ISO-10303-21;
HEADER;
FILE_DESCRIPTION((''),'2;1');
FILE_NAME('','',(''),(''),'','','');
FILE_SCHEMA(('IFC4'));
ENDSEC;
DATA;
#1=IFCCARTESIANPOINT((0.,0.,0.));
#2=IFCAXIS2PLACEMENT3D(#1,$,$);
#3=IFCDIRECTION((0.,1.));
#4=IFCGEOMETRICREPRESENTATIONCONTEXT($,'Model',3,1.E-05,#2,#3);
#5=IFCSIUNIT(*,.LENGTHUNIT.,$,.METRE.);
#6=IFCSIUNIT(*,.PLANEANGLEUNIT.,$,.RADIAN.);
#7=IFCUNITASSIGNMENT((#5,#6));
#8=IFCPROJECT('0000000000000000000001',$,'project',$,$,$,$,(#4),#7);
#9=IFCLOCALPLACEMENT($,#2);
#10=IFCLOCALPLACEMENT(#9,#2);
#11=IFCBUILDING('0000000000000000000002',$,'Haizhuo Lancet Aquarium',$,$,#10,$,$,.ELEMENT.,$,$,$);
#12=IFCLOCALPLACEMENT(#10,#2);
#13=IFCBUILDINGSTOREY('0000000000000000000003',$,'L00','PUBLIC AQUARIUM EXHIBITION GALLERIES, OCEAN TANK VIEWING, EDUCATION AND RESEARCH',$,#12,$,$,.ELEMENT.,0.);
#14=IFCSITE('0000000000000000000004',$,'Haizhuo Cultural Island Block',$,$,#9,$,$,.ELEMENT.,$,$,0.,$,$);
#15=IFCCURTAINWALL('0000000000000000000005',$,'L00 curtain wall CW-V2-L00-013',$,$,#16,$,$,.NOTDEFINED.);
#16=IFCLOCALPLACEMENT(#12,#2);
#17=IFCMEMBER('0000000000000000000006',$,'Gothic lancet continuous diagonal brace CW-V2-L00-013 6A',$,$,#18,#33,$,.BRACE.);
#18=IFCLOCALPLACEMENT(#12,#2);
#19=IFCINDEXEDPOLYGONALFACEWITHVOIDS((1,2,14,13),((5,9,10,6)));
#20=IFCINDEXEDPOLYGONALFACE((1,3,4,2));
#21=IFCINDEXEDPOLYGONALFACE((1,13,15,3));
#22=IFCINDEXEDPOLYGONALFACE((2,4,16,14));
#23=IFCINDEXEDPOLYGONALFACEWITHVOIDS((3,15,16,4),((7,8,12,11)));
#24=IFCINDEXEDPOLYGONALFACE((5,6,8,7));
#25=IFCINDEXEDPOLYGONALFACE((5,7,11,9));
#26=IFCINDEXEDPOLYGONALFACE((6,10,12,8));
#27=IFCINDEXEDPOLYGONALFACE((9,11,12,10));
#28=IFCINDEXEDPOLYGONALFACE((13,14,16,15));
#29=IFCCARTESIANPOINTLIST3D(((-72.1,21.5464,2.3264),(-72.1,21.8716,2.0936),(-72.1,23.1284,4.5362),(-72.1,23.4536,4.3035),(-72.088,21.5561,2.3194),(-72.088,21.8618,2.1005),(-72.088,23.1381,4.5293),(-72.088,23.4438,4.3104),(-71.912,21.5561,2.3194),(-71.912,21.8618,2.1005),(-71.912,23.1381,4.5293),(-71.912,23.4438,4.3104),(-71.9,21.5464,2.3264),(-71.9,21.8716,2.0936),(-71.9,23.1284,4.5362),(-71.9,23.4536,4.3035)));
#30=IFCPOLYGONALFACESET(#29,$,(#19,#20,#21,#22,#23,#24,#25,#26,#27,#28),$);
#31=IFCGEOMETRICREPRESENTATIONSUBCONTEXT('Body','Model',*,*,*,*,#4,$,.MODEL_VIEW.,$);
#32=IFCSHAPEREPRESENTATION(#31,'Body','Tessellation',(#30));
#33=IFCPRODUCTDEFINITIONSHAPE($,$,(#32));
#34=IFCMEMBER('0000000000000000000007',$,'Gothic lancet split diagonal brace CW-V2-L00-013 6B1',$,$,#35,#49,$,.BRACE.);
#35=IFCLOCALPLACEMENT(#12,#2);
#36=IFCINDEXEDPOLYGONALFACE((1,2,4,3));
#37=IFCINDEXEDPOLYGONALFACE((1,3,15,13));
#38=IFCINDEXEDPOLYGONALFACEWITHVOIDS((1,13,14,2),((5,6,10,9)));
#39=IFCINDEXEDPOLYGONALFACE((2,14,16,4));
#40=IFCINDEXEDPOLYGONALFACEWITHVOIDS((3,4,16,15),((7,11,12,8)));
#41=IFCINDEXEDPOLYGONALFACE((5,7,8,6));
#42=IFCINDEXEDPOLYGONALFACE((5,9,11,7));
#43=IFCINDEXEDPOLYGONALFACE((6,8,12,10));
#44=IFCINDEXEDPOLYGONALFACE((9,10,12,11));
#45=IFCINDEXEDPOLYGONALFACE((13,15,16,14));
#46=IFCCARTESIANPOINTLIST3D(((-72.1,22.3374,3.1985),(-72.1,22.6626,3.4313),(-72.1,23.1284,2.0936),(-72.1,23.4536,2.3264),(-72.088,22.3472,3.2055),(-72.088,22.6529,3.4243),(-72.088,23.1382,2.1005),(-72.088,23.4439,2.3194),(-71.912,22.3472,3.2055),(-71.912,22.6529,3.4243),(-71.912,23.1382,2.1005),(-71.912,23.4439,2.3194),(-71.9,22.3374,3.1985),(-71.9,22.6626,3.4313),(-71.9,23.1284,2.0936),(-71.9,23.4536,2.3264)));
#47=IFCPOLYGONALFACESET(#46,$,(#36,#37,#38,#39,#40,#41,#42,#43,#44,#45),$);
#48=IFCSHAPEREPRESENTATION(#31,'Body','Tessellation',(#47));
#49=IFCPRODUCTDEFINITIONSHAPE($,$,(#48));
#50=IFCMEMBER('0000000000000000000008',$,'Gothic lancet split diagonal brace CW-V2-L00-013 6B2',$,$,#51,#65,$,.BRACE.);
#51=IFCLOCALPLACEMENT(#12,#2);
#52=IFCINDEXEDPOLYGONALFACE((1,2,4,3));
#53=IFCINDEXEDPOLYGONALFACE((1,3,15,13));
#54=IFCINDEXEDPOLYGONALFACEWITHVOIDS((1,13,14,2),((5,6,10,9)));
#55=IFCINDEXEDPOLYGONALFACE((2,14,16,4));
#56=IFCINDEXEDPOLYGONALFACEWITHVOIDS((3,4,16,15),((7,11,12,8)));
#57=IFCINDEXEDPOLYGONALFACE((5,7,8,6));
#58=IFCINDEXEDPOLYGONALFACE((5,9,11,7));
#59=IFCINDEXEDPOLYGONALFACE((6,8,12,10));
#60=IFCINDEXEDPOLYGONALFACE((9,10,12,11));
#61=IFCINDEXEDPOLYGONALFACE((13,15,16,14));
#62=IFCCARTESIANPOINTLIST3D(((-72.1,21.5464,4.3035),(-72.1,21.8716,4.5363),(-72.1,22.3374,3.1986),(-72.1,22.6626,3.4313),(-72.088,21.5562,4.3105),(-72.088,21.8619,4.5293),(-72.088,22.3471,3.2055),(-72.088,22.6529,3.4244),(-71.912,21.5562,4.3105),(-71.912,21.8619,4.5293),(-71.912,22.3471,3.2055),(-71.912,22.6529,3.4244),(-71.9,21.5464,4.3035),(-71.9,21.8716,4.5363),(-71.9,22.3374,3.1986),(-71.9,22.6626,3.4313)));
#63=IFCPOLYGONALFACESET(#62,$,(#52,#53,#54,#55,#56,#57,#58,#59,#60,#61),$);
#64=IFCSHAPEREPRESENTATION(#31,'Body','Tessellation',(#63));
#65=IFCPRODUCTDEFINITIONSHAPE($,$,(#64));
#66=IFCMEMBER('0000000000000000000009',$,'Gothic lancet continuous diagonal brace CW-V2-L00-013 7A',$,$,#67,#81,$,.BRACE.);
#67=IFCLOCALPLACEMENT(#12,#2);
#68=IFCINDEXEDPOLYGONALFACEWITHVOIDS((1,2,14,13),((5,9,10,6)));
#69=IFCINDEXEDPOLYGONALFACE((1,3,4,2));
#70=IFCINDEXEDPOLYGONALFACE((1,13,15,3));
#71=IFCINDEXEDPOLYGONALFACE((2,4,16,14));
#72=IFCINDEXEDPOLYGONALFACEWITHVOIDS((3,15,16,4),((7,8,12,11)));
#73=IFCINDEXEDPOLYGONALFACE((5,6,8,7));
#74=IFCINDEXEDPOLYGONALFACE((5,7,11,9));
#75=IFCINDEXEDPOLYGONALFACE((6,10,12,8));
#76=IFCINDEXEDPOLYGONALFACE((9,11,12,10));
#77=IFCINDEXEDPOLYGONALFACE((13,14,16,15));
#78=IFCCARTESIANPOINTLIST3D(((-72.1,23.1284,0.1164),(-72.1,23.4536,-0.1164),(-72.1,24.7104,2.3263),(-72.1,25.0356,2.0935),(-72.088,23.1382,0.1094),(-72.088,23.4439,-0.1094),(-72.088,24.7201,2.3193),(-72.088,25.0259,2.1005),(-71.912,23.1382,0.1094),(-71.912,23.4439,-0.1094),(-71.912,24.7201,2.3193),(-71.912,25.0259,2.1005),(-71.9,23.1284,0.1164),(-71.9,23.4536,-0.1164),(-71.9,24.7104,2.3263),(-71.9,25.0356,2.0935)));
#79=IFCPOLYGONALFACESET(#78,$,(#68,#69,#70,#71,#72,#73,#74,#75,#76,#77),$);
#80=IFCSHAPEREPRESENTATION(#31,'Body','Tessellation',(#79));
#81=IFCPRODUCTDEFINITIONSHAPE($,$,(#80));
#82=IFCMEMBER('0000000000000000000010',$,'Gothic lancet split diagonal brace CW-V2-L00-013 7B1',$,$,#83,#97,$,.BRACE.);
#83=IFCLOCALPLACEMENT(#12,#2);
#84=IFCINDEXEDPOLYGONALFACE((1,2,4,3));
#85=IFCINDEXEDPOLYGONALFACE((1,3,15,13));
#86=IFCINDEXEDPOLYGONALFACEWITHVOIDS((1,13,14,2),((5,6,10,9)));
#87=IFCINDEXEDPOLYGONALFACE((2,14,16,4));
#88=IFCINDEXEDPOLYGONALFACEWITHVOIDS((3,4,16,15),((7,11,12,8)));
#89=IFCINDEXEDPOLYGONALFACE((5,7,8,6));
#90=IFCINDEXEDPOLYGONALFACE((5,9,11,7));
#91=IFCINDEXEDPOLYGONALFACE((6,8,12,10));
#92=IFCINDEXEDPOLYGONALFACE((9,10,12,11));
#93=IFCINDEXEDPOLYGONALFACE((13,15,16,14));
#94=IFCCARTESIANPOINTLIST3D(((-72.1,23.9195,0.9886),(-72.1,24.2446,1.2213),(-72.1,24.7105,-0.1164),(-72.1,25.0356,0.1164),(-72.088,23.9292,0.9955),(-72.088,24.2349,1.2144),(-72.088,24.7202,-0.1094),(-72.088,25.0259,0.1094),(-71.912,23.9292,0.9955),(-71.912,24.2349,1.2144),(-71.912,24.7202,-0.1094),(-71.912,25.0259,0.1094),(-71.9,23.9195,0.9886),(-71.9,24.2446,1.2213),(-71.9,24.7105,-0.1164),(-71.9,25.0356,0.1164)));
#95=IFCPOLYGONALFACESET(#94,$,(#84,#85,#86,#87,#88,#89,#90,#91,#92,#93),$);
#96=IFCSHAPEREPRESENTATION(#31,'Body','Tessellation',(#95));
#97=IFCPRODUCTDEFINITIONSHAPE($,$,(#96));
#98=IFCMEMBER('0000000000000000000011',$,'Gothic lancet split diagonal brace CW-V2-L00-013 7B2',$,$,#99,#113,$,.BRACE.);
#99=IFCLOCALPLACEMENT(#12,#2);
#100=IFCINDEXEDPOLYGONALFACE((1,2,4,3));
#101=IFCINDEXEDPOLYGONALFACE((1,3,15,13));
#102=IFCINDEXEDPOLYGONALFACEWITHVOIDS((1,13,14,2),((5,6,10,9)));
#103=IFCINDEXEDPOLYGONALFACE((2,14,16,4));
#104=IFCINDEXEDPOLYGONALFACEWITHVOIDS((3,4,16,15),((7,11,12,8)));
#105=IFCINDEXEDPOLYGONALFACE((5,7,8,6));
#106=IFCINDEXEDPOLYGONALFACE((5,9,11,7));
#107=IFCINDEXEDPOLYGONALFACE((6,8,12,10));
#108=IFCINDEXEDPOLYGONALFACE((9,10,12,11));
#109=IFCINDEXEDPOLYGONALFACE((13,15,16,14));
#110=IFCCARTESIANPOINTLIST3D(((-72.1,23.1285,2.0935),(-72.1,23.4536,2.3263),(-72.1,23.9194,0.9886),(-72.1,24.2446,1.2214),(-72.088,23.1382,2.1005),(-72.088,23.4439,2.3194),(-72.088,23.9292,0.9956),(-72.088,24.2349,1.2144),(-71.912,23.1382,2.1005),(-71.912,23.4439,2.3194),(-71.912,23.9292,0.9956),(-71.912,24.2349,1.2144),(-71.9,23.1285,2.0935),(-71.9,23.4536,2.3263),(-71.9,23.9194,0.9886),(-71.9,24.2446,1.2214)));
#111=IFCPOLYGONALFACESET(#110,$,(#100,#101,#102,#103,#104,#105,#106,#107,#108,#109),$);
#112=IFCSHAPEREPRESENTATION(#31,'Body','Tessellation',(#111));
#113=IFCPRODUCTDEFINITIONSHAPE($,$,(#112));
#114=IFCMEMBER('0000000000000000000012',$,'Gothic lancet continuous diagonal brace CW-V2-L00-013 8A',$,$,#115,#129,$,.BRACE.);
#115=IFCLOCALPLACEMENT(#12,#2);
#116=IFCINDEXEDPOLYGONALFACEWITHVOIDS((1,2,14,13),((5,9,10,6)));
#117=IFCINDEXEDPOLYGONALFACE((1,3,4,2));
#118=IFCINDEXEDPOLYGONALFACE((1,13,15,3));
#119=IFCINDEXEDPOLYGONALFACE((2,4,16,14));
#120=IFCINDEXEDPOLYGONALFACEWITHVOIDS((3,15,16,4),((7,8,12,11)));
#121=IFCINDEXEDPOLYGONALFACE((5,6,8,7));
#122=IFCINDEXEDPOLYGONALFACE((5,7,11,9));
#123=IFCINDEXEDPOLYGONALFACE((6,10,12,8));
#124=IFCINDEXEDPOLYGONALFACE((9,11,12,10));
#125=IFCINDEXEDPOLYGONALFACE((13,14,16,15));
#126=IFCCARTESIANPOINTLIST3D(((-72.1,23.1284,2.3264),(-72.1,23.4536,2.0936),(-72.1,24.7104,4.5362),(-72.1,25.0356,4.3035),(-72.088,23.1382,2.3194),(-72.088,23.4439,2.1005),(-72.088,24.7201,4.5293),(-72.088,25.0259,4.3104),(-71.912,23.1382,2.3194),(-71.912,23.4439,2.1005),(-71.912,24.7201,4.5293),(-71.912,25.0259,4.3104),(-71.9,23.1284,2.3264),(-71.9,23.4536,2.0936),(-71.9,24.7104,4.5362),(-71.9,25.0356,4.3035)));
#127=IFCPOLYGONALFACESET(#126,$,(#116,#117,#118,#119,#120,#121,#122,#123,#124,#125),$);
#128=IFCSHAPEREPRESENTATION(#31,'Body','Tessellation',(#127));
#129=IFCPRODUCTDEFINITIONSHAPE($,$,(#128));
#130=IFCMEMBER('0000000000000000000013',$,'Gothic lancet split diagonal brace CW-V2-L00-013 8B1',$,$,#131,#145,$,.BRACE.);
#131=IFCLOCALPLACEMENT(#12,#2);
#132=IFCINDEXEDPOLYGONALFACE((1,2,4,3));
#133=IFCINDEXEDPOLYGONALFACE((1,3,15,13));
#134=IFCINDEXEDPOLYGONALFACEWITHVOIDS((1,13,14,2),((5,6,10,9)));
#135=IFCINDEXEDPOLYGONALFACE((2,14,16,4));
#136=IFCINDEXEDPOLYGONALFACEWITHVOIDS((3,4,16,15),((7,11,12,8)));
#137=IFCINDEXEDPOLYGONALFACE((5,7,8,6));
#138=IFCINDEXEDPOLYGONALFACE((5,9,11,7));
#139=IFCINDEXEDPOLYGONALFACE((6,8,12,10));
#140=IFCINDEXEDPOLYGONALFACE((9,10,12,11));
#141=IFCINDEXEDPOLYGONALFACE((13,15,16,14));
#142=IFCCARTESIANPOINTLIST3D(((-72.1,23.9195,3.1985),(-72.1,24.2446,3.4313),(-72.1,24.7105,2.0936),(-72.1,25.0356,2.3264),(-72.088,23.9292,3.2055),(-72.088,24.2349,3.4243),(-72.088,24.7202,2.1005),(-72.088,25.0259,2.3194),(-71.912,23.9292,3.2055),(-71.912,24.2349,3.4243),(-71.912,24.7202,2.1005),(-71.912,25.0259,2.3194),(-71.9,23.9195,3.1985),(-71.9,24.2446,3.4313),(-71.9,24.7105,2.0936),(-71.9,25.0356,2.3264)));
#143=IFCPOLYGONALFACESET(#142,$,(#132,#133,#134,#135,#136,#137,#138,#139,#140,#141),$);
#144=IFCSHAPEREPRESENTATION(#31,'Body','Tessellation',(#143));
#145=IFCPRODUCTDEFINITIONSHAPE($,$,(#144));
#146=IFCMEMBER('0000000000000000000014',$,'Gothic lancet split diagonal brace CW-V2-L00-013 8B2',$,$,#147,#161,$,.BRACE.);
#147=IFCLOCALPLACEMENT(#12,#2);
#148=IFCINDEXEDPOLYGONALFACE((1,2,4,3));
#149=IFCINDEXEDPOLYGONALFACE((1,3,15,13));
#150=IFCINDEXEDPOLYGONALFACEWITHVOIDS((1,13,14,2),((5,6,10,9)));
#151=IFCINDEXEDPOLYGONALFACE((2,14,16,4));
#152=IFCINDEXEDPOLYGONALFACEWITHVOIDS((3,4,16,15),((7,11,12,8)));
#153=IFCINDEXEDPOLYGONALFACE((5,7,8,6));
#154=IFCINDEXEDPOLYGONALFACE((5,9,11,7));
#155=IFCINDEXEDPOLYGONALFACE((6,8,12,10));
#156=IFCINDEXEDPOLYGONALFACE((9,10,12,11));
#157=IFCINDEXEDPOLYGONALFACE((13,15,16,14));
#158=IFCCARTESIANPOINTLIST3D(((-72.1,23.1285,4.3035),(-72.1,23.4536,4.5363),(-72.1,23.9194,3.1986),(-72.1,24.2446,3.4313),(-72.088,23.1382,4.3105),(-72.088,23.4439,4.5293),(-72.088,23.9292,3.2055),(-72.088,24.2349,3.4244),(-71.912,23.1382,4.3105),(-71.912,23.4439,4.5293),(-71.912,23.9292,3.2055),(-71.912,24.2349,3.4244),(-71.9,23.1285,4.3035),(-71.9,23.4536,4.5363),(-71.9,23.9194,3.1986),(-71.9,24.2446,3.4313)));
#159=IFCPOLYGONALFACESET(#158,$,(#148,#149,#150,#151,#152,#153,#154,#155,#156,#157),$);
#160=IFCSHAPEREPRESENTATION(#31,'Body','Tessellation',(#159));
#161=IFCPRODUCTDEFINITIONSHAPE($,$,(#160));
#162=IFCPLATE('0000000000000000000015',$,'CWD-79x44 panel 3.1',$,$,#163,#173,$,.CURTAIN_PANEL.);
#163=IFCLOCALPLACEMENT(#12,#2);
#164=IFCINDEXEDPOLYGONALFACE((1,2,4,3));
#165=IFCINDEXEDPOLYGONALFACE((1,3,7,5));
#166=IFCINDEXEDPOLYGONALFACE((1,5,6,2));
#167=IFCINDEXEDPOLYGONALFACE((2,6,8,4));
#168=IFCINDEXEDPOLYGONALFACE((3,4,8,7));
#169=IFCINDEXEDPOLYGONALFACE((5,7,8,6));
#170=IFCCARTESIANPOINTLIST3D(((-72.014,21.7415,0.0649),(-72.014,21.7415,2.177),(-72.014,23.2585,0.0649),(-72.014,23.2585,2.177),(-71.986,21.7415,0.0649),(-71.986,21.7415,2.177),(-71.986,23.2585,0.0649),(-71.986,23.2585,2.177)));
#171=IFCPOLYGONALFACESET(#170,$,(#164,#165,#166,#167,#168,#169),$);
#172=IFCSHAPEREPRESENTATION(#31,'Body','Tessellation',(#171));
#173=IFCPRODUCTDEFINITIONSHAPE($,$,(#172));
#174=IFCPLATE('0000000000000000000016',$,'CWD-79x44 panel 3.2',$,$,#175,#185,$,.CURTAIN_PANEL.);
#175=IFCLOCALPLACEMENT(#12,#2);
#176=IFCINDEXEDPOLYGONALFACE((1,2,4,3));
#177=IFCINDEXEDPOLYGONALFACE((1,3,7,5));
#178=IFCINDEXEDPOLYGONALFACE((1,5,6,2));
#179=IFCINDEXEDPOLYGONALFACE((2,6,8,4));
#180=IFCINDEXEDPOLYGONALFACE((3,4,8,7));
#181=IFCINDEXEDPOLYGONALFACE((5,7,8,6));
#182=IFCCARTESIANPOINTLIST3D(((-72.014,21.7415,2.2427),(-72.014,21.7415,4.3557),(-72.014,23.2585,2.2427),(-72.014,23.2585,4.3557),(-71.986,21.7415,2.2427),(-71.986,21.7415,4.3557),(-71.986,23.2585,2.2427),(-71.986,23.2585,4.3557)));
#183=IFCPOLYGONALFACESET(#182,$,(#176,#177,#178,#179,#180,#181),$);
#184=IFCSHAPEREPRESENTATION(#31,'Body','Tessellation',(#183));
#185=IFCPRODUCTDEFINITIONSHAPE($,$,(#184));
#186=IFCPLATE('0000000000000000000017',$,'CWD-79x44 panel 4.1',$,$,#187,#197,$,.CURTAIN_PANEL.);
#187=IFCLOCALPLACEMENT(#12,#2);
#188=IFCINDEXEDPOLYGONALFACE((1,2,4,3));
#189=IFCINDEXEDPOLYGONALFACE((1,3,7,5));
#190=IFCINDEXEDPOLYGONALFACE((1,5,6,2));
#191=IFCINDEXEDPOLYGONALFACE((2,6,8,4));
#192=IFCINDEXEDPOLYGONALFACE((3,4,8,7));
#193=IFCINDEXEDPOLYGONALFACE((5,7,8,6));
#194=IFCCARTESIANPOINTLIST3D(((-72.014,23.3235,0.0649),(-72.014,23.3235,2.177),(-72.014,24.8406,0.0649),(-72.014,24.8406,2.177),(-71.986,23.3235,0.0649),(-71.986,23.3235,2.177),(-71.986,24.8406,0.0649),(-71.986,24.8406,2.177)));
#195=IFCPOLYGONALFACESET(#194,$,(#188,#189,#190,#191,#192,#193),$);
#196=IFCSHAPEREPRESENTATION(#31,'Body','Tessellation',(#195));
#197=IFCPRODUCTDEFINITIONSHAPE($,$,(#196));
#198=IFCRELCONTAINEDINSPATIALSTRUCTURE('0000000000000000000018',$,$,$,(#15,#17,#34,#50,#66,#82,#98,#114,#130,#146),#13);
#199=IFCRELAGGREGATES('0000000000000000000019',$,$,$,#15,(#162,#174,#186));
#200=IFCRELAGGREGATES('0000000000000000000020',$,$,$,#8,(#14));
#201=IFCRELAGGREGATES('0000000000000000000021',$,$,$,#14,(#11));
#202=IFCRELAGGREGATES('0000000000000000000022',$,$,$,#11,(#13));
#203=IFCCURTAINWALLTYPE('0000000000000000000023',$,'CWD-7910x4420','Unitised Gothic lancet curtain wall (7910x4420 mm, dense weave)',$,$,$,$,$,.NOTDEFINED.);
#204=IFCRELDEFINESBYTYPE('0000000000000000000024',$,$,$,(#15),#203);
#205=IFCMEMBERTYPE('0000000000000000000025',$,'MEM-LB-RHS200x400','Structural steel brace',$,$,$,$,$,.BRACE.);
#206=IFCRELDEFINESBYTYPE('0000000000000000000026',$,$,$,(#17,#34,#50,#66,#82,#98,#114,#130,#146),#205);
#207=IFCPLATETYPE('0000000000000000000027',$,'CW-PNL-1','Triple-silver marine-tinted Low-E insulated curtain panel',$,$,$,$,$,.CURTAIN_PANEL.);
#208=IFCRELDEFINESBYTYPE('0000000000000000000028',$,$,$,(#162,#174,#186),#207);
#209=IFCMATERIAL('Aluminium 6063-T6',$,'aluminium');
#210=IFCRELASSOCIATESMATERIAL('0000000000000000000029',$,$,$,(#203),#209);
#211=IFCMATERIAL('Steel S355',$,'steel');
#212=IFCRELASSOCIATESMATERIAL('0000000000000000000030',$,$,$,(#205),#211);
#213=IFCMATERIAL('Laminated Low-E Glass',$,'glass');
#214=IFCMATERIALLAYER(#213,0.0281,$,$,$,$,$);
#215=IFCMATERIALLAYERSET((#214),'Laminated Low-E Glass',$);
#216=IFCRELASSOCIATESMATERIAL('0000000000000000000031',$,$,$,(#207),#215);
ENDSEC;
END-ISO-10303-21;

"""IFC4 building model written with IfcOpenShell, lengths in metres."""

from ifc_helpers import new_model, si_unit, direction, frame, origin, origin_2d, place, context, subcontext, project, spatial, rectangle, hollow_rectangle, extrude, material, layer, layer_set, material_profile, profile_set, type_object, element, aggregate, save


model = new_model("IFC4")

# Units and contexts
model_context = context("Model", 3, precision=1e-05, world=origin(), true_north=direction((0.0, 1.0)))
body_context = subcontext(model_context, "Body", "Model", "MODEL_VIEW")
ifc_project = project(units=[si_unit("LENGTHUNIT", "METRE"), si_unit("PLANEANGLEUNIT", "RADIAN")], contexts=[model_context])

# Site, building, storey
site_placement = place(None, origin())
site = spatial("IfcSite", under=ifc_project, at=site_placement, Name="Haizhuo Cultural Island Block", CompositionType="ELEMENT", RefElevation=0.0)
building_placement = place(site_placement, origin())
building = spatial("IfcBuilding", under=site, at=building_placement, Name="Haizhuo Lancet Aquarium", CompositionType="ELEMENT")
storey_placement = place(building_placement, origin())
storey = spatial("IfcBuildingStorey", under=building, at=storey_placement, Name="L00", Description="PUBLIC AQUARIUM EXHIBITION GALLERIES, OCEAN TANK VIEWING, EDUCATION AND RESEARCH", CompositionType="ELEMENT", Elevation=0.0)

# Curtain wall
ifc_material_1 = material(Name="Aluminium 6063-T6", Category="aluminium")
curtain_wall_type = type_object("IfcCurtainWallType", Name="CWD-7910x4420", Description="Unitised Gothic lancet curtain wall (7910x4420 mm, dense weave)", PredefinedType="NOTDEFINED", material=ifc_material_1)
curtain_wall_placement = place(storey_placement, origin())
curtain_wall = element("IfcCurtainWall", 1, at=curtain_wall_placement, inside=storey, type_object=curtain_wall_type, Name="L00 curtain wall CW-V2-L00-013", PredefinedType="NOTDEFINED")

# Shared definitions
ifc_material_2 = material(Name="Steel S355", Category="steel")

# Members
ifc_material_profile_1 = material_profile(ifc_material_2, hollow_rectangle(XDim=0.2, YDim=0.3999, WallThickness=0.012, at=origin_2d()), Name="RHS 200x400x12")
ifc_profile_set_1 = profile_set([ifc_material_profile_1], Name="Steel S355")
member_type_1 = type_object("IfcMemberType", Name="MEM-LB-RHS200x400", Description="Structural steel brace", PredefinedType="BRACE", material=ifc_profile_set_1)
member_1_placement = place(storey_placement, frame((-72.0, 21.709, 2.21), z_axis=(0.0, 0.582088, 0.813126), x_axis=(-1.0, 0.0, 0.0)))
element("IfcMember", 2, at=member_1_placement, inside=storey, type_object=member_type_1, Name="Gothic lancet continuous diagonal brace CW-V2-L00-013 6A", PredefinedType="BRACE", context=body_context, shape_type="SweptSolid", body=[
    extrude(hollow_rectangle(XDim=0.2, YDim=0.3999, WallThickness=0.012, at=origin_2d()), origin(), (0.0, 0.0, 1.0), 2.7178),
])
for number, where, z_axis, x_axis, name in (
    (3, (-72.0, 23.291, 2.21), (0.0, -0.582088, 0.813126), (1.0, 0.0, 0.0), "Gothic lancet split diagonal brace CW-V2-L00-013 6B1"),
    (4, (-72.0, 22.5, 3.3149), (0.0, -0.582088, 0.813126), (1.0, 0.0, 0.0), "Gothic lancet split diagonal brace CW-V2-L00-013 6B2"),
):
    element("IfcMember", number, at=place(storey_placement, frame(where, z_axis=z_axis, x_axis=x_axis)), inside=storey, type_object=member_type_1, Name=name, PredefinedType="BRACE", context=body_context, shape_type="SweptSolid", body=[
        extrude(hollow_rectangle(XDim=0.2, YDim=0.3999, WallThickness=0.012, at=origin_2d()), origin(), (0.0, 0.0, 1.0), 1.3589),
    ])
member_2_placement = place(storey_placement, frame((-72.0, 23.291, 0.0), z_axis=(0.0, 0.582088, 0.813126), x_axis=(-1.0, 0.0, 0.0)))
element("IfcMember", 5, at=member_2_placement, inside=storey, type_object=member_type_1, Name="Gothic lancet continuous diagonal brace CW-V2-L00-013 7A", PredefinedType="BRACE", context=body_context, shape_type="SweptSolid", body=[
    extrude(hollow_rectangle(XDim=0.2, YDim=0.3999, WallThickness=0.012, at=origin_2d()), origin(), (0.0, 0.0, 1.0), 2.7178),
])
for number, where, z_axis, x_axis, name in (
    (6, (-72.0, 24.873, 0.0), (0.0, -0.582088, 0.813126), (1.0, 0.0, 0.0), "Gothic lancet split diagonal brace CW-V2-L00-013 7B1"),
    (7, (-72.0, 24.082, 1.105), (0.0, -0.582088, 0.813126), (1.0, 0.0, 0.0), "Gothic lancet split diagonal brace CW-V2-L00-013 7B2"),
):
    element("IfcMember", number, at=place(storey_placement, frame(where, z_axis=z_axis, x_axis=x_axis)), inside=storey, type_object=member_type_1, Name=name, PredefinedType="BRACE", context=body_context, shape_type="SweptSolid", body=[
        extrude(hollow_rectangle(XDim=0.2, YDim=0.3999, WallThickness=0.012, at=origin_2d()), origin(), (0.0, 0.0, 1.0), 1.3589),
    ])
member_3_placement = place(storey_placement, frame((-72.0, 23.291, 2.21), z_axis=(0.0, 0.582088, 0.813126), x_axis=(-1.0, 0.0, 0.0)))
element("IfcMember", 8, at=member_3_placement, inside=storey, type_object=member_type_1, Name="Gothic lancet continuous diagonal brace CW-V2-L00-013 8A", PredefinedType="BRACE", context=body_context, shape_type="SweptSolid", body=[
    extrude(hollow_rectangle(XDim=0.2, YDim=0.3999, WallThickness=0.012, at=origin_2d()), origin(), (0.0, 0.0, 1.0), 2.7178),
])
for number, where, z_axis, x_axis, name in (
    (9, (-72.0, 24.873, 2.21), (0.0, -0.582088, 0.813126), (1.0, 0.0, 0.0), "Gothic lancet split diagonal brace CW-V2-L00-013 8B1"),
    (10, (-72.0, 24.082, 3.3149), (0.0, -0.582088, 0.813126), (1.0, 0.0, 0.0), "Gothic lancet split diagonal brace CW-V2-L00-013 8B2"),
):
    element("IfcMember", number, at=place(storey_placement, frame(where, z_axis=z_axis, x_axis=x_axis)), inside=storey, type_object=member_type_1, Name=name, PredefinedType="BRACE", context=body_context, shape_type="SweptSolid", body=[
        extrude(hollow_rectangle(XDim=0.2, YDim=0.3999, WallThickness=0.012, at=origin_2d()), origin(), (0.0, 0.0, 1.0), 1.3589),
    ])

# Plates
ifc_material_3 = material(Name="Laminated Low-E Glass", Category="glass")
ifc_layer = layer(ifc_material_3, 0.0281)
ifc_layer_set = layer_set([ifc_layer], Name="Laminated Low-E Glass")
plate_type = type_object("IfcPlateType", Name="CW-PNL-1", Description="Triple-silver marine-tinted Low-E insulated curtain panel", PredefinedType="CURTAIN_PANEL", material=ifc_layer_set)
plate_1_placement = place(storey_placement, frame((-72.0, 22.5, 0.0649), z_axis=(0.0, 0.0, 1.0), x_axis=(0.0, 1.0, 0.0)))
plate_1 = element("IfcPlate", 11, at=plate_1_placement, type_object=plate_type, Name="CWD-79x44 panel 3.1", PredefinedType="CURTAIN_PANEL", context=body_context, shape_type="SweptSolid", body=[
    extrude(rectangle(XDim=1.5171, YDim=0.0281, at=origin_2d()), origin(), (0.0, 0.0, 1.0), 2.1121),
])
plate_2_placement = place(storey_placement, frame((-72.0, 22.5, 2.2427), z_axis=(0.0, 0.0, 1.0), x_axis=(0.0, 1.0, 0.0)))
plate_2 = element("IfcPlate", 12, at=plate_2_placement, type_object=plate_type, Name="CWD-79x44 panel 3.2", PredefinedType="CURTAIN_PANEL", context=body_context, shape_type="SweptSolid", body=[
    extrude(rectangle(XDim=1.5171, YDim=0.0281, at=origin_2d()), origin(), (0.0, 0.0, 1.0), 2.113),
])
plate_3_placement = place(storey_placement, frame((-72.0, 24.082, 0.0649), z_axis=(0.0, 0.0, 1.0), x_axis=(0.0, 1.0, 0.0)))
plate_3 = element("IfcPlate", 13, at=plate_3_placement, type_object=plate_type, Name="CWD-79x44 panel 4.1", PredefinedType="CURTAIN_PANEL", context=body_context, shape_type="SweptSolid", body=[
    extrude(rectangle(XDim=1.5171, YDim=0.0281, at=origin_2d()), origin(), (0.0, 0.0, 1.0), 2.1121),
])
aggregate(curtain_wall, [plate_1, plate_2, plate_3])

save(model, "model.ifc")
